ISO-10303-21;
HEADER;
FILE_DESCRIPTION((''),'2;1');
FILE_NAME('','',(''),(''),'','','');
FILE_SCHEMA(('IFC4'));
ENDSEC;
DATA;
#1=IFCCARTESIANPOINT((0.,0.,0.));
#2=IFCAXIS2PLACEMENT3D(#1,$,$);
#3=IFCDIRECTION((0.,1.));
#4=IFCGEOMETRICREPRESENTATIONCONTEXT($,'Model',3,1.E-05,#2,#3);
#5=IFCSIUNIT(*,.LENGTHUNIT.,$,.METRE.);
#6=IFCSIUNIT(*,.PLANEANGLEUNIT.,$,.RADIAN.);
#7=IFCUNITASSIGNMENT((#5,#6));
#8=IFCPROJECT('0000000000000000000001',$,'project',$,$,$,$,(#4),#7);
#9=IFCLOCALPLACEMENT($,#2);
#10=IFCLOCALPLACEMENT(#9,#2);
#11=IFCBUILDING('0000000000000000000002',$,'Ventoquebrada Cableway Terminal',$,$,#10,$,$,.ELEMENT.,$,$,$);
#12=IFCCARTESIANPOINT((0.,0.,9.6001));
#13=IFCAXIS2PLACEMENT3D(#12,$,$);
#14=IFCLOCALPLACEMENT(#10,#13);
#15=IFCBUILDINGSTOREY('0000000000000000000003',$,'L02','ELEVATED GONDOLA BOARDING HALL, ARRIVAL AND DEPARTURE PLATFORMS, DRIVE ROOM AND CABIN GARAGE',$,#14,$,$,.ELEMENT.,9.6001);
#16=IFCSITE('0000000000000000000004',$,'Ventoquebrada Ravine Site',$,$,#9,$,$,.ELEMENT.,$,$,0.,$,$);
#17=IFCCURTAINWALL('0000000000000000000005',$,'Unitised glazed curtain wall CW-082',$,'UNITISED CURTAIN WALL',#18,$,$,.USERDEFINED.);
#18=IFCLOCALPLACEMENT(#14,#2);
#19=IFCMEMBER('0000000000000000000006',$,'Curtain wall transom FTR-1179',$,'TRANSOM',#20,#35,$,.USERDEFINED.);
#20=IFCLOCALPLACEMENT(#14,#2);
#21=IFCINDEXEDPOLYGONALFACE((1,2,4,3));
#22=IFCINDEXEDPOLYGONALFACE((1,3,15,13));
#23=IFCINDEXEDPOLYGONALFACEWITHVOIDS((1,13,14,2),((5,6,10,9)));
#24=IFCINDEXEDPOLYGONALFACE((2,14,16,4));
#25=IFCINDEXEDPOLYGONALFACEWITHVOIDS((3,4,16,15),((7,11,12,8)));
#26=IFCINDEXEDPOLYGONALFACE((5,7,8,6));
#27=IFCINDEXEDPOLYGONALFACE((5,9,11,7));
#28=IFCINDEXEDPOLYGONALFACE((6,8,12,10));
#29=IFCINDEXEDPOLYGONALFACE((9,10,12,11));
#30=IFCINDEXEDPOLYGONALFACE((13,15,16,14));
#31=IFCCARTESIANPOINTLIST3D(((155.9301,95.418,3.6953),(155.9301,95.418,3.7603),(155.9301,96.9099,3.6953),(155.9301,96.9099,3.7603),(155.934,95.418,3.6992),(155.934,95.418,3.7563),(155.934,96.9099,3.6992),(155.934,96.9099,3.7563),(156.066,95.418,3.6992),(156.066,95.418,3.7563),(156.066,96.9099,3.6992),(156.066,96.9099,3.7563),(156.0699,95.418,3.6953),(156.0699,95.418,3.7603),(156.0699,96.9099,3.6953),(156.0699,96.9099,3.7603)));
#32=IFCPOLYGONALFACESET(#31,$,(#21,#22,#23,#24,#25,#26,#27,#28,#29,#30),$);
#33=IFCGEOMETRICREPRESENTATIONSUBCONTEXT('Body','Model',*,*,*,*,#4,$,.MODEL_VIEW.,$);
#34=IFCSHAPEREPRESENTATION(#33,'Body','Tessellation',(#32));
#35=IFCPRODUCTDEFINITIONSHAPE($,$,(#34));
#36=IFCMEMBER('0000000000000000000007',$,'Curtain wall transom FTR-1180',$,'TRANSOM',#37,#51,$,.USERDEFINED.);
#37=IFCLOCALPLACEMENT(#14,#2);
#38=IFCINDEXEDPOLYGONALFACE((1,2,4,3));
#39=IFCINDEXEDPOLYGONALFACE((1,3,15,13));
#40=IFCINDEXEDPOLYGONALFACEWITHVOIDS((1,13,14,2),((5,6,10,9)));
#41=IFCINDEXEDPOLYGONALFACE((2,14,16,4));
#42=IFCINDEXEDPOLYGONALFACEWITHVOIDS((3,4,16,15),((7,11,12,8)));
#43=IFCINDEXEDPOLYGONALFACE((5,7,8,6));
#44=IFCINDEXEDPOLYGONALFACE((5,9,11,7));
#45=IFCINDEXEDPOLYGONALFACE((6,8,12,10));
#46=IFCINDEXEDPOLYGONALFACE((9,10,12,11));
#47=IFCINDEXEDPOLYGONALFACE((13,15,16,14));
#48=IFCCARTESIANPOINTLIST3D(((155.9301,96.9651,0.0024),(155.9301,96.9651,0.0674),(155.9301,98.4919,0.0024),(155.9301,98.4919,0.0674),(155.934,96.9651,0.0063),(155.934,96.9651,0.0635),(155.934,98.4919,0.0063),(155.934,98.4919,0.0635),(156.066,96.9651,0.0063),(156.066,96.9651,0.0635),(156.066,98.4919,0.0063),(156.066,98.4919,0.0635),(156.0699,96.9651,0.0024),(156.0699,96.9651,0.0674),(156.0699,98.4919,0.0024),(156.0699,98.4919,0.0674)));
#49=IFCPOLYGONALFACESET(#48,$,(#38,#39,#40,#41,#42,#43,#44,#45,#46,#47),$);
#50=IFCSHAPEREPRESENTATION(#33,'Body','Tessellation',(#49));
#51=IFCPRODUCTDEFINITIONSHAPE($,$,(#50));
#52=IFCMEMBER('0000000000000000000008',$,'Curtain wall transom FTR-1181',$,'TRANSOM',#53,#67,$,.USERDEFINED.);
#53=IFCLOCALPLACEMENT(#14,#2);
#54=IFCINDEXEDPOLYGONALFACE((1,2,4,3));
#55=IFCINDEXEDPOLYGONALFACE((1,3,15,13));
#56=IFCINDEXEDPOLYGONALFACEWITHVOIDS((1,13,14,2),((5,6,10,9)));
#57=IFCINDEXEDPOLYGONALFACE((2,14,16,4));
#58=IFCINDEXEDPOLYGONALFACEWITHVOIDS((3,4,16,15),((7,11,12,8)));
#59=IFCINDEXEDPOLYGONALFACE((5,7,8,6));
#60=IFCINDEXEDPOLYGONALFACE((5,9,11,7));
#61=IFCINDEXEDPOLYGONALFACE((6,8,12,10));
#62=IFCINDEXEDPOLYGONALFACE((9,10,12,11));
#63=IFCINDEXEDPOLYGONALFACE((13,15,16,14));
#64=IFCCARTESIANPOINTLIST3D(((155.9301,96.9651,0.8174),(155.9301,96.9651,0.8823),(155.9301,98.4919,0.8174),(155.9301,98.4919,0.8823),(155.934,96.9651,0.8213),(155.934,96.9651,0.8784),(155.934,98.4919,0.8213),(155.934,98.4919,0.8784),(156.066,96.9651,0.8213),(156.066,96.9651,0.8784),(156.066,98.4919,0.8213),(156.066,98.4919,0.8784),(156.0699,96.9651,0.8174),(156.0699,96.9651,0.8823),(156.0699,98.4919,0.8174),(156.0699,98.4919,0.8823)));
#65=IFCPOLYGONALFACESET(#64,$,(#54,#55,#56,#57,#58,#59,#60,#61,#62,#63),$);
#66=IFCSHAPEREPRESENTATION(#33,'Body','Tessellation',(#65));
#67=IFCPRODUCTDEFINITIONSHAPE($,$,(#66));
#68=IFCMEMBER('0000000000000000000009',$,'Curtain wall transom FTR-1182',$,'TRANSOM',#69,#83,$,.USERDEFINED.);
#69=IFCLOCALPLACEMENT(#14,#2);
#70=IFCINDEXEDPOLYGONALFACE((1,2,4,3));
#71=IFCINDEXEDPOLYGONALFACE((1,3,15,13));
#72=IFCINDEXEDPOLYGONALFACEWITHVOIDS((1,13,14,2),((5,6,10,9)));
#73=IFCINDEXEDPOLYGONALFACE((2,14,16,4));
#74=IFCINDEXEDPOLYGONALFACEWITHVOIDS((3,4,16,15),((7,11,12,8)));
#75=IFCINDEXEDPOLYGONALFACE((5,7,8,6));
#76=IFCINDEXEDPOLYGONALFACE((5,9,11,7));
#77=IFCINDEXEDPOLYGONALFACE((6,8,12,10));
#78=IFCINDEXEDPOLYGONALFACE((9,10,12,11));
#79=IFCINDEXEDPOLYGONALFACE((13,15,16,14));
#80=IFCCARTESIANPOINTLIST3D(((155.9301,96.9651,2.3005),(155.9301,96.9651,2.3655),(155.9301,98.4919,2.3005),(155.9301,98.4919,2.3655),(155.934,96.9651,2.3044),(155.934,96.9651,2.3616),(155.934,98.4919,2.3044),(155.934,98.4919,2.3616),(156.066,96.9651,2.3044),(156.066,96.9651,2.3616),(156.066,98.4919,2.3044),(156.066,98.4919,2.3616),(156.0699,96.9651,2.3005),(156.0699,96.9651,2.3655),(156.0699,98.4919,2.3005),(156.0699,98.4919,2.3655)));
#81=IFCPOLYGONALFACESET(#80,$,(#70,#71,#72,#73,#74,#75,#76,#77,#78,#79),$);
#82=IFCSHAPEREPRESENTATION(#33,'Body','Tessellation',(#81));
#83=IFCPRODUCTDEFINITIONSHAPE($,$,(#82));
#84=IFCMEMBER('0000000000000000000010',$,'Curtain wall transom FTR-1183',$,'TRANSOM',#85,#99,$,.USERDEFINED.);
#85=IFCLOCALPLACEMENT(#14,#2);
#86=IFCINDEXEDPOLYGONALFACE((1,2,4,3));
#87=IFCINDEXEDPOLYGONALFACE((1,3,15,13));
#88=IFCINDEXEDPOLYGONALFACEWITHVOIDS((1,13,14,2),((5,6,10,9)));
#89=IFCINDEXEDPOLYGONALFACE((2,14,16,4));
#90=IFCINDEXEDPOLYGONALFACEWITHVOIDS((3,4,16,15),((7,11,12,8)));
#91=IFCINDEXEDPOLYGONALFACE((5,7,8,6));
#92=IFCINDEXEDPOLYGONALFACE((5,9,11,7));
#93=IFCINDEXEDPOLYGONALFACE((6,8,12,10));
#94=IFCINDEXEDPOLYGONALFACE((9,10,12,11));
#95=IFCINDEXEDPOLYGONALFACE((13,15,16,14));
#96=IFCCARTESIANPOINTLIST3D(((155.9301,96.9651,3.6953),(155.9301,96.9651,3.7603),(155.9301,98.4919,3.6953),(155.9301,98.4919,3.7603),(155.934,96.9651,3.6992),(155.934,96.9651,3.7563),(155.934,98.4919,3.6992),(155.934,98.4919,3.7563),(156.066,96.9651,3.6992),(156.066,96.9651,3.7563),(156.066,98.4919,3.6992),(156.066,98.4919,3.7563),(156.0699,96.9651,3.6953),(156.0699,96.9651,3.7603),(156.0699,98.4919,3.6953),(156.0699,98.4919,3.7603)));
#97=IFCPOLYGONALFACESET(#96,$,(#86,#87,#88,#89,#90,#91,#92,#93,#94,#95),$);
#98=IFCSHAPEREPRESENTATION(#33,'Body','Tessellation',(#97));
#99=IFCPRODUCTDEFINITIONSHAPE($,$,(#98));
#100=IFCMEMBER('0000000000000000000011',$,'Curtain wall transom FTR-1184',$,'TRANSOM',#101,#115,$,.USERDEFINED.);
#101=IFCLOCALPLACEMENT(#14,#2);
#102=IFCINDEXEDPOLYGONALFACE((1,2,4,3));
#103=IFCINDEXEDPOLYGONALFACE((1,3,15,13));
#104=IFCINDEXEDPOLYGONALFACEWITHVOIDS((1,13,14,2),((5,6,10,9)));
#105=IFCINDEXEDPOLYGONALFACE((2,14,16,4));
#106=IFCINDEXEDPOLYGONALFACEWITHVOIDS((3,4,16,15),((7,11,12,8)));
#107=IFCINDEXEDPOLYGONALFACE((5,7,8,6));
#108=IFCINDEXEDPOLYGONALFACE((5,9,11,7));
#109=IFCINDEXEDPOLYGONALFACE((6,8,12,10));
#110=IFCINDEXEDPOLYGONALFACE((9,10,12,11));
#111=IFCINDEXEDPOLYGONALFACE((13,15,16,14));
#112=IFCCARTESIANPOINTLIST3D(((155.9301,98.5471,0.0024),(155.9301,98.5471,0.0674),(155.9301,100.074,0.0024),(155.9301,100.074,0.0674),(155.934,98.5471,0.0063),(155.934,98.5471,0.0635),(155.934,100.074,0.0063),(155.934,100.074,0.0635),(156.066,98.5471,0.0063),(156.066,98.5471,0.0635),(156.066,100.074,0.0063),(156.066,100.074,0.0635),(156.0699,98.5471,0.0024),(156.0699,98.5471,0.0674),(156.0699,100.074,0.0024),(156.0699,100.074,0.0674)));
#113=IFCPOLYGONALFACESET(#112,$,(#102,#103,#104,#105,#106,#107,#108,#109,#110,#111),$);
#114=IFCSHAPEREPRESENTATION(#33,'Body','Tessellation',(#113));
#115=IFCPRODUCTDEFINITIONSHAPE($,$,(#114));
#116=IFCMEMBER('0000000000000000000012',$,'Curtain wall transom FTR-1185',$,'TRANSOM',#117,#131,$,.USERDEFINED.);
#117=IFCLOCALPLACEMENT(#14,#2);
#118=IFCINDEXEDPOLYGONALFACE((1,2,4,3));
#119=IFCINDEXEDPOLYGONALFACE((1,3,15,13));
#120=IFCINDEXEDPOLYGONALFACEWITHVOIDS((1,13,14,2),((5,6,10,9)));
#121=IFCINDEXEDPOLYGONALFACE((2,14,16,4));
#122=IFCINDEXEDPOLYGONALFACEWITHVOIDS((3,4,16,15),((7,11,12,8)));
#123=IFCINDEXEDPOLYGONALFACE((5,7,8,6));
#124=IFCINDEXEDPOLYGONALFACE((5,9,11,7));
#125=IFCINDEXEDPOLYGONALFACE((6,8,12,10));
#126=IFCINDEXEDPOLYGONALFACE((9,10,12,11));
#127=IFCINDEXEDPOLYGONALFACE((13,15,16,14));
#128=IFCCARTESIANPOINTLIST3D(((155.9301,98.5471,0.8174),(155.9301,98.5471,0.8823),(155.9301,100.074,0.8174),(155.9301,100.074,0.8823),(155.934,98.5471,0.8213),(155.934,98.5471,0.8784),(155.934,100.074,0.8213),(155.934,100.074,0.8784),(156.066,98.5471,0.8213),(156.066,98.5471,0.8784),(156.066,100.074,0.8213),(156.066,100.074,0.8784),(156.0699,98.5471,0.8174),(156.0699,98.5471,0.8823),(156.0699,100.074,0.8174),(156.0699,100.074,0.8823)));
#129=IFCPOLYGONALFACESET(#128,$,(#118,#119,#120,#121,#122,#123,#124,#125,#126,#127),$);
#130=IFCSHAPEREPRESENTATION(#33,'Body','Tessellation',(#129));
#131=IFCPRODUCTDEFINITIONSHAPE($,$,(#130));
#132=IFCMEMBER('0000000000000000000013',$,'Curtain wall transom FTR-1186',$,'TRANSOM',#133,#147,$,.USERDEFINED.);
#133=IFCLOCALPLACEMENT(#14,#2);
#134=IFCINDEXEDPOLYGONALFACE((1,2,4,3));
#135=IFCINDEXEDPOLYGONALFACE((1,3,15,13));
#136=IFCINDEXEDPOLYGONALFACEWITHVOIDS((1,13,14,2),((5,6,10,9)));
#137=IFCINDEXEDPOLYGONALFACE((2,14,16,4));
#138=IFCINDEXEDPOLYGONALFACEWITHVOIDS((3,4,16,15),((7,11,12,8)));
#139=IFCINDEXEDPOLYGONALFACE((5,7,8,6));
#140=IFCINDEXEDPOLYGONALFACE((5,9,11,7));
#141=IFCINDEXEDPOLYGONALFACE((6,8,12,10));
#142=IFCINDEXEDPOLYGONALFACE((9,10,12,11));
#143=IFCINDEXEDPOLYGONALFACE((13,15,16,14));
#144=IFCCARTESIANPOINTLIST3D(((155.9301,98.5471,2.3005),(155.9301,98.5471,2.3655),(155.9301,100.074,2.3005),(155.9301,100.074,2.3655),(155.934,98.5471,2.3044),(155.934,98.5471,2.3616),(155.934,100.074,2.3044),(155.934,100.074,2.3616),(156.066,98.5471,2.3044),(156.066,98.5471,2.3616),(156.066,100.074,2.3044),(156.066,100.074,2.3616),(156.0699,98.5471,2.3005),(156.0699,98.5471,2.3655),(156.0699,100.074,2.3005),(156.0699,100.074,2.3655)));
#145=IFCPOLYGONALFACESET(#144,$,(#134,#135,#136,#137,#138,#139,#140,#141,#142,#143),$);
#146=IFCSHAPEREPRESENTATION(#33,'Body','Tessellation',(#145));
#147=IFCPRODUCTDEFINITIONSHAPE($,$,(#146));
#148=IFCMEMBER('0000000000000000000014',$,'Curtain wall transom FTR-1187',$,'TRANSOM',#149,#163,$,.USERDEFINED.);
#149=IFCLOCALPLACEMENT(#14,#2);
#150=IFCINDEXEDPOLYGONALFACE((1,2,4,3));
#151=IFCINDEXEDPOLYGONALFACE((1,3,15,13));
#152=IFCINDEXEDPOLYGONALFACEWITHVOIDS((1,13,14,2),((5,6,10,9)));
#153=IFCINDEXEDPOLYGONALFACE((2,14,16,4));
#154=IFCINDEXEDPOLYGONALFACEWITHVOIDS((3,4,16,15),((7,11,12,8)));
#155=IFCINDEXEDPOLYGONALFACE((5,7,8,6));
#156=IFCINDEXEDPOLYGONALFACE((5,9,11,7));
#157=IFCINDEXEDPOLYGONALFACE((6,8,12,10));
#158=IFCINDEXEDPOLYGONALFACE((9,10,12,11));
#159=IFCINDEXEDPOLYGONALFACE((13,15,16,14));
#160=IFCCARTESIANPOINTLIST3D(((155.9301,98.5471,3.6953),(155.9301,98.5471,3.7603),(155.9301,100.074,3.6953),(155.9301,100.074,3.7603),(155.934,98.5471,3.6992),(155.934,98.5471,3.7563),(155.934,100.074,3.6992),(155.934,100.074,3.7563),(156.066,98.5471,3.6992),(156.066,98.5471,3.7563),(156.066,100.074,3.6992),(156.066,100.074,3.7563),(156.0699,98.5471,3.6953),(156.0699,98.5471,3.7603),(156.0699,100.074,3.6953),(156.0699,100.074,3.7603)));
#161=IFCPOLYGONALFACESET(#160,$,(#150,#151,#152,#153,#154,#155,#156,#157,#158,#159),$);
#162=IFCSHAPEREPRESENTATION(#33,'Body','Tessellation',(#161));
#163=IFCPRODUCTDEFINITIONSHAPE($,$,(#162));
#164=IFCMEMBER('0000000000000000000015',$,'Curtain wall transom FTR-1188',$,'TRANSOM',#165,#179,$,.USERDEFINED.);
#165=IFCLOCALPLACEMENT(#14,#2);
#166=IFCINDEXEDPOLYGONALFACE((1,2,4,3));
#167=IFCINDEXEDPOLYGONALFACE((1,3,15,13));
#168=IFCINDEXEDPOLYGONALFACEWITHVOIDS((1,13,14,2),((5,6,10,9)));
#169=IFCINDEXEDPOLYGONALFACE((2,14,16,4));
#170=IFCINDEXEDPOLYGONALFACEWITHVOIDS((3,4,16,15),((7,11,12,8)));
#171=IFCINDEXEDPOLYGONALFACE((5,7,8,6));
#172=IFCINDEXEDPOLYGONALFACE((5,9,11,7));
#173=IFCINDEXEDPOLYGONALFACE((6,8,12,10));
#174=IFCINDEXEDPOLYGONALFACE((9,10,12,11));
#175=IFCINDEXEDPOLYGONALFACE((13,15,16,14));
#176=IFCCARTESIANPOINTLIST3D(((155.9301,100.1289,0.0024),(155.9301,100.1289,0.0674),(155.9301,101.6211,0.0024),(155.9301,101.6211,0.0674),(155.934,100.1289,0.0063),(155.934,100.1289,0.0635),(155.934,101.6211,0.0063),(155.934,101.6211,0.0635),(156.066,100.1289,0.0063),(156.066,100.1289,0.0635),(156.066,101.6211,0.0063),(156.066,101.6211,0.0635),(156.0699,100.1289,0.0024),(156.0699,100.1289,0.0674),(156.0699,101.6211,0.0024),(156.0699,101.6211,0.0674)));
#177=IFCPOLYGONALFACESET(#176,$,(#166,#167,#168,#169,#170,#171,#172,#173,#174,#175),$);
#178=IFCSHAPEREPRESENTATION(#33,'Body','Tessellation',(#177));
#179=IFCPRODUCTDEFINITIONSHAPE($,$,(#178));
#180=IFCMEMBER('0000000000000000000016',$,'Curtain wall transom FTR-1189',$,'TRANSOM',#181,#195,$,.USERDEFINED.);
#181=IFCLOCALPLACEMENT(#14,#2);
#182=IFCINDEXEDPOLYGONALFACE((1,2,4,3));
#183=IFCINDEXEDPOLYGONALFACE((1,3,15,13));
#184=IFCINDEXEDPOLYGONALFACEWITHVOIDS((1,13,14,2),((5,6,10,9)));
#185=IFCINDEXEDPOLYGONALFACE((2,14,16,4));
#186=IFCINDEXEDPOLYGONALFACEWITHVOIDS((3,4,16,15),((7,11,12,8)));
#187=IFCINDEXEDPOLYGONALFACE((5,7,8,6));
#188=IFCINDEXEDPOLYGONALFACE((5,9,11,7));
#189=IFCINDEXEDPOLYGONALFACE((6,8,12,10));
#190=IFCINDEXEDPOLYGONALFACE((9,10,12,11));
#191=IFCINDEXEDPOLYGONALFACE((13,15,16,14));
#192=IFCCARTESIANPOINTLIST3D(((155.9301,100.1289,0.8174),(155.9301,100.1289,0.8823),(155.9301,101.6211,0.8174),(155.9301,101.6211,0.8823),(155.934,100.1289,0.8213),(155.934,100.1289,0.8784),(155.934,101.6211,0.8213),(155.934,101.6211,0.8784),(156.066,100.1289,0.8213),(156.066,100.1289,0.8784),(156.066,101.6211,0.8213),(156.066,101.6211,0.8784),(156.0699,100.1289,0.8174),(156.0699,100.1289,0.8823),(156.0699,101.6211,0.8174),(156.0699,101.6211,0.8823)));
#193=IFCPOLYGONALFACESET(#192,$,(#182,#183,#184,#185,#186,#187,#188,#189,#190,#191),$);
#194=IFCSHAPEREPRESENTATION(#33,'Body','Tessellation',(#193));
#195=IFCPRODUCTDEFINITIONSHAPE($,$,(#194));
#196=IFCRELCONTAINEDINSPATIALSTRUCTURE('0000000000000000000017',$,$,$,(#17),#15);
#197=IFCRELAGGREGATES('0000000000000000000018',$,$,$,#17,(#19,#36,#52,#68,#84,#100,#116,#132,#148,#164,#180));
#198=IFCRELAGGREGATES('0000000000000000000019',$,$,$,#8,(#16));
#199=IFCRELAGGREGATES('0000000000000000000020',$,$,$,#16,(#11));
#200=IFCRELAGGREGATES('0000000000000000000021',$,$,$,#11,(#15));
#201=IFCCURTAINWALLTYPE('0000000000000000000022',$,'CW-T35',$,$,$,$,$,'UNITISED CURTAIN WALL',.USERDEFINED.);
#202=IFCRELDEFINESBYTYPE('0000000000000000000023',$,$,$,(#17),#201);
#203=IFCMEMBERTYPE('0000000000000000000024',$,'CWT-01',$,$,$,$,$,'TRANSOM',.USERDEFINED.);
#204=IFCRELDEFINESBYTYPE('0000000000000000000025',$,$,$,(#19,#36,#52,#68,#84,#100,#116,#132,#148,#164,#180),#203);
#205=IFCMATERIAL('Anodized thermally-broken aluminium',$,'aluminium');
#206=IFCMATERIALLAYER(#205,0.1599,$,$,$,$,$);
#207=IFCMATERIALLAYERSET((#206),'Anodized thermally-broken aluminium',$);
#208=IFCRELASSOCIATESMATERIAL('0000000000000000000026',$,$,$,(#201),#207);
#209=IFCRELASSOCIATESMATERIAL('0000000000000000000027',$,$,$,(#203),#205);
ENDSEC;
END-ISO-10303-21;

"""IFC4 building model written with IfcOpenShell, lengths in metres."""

from ifc_helpers import new_model, si_unit, direction, frame, origin, origin_2d, place, context, subcontext, project, spatial, hollow_rectangle, extrude, material, layer, layer_set, material_profile, profile_set, type_object, element, aggregate, save


model = new_model("IFC4")

# Units and contexts
model_context = context("Model", 3, precision=1e-05, world=origin(), true_north=direction((0.0, 1.0)))
body_context = subcontext(model_context, "Body", "Model", "MODEL_VIEW")
ifc_project = project(units=[si_unit("LENGTHUNIT", "METRE"), si_unit("PLANEANGLEUNIT", "RADIAN")], contexts=[model_context])

# Site, building, storey
site_placement = place(None, origin())
site = spatial("IfcSite", under=ifc_project, at=site_placement, Name="Ventoquebrada Ravine Site", CompositionType="ELEMENT", RefElevation=0.0)
building_placement = place(site_placement, origin())
building = spatial("IfcBuilding", under=site, at=building_placement, Name="Ventoquebrada Cableway Terminal", CompositionType="ELEMENT")
storey_placement = place(building_placement, frame((0.0, 0.0, 9.6001)))
storey = spatial("IfcBuildingStorey", under=building, at=storey_placement, Name="L02", Description="ELEVATED GONDOLA BOARDING HALL, ARRIVAL AND DEPARTURE PLATFORMS, DRIVE ROOM AND CABIN GARAGE", CompositionType="ELEMENT", Elevation=9.6001)

# Curtain wall, members
ifc_material_1 = material(Name="Anodized thermally-broken aluminium", Category="aluminium")
ifc_layer_1 = layer(ifc_material_1, 0.1599)
ifc_layer_set_1 = layer_set([ifc_layer_1], Name="Anodized thermally-broken aluminium")
curtain_wall_type = type_object("IfcCurtainWallType", Name="CW-T35", ElementType="UNITISED CURTAIN WALL", PredefinedType="USERDEFINED", material=ifc_layer_set_1)
curtain_wall_placement = place(storey_placement, origin())
curtain_wall = element("IfcCurtainWall", 1, at=curtain_wall_placement, inside=storey, type_object=curtain_wall_type, Name="Unitised glazed curtain wall CW-082", ObjectType="UNITISED CURTAIN WALL", PredefinedType="USERDEFINED")
ifc_material_profile_1 = material_profile(ifc_material_1, hollow_rectangle(XDim=0.0649, YDim=0.1399, WallThickness=0.0039, at=origin_2d()), Name="CW-TRN-65X140")
ifc_profile_set_1 = profile_set([ifc_material_profile_1], Name="Anodized thermally-broken aluminium")
member_type_1 = type_object("IfcMemberType", Name="CWT-01", ElementType="TRANSOM", PredefinedType="USERDEFINED", material=ifc_profile_set_1)
member_1_placement = place(storey_placement, frame((156.0, 95.418, 3.7278), z_axis=(0.0, 1.0, 0.0), x_axis=(0.0, 0.0, 1.0)))
member_1 = element("IfcMember", 2, at=member_1_placement, type_object=member_type_1, Name="Curtain wall transom FTR-1179", ObjectType="TRANSOM", PredefinedType="USERDEFINED", context=body_context, shape_type="SweptSolid", body=[
    extrude(hollow_rectangle(XDim=0.0649, YDim=0.1399, WallThickness=0.0039, at=origin_2d()), origin(), (0.0, 0.0, 1.0), 1.4919),
])
member_2_placement = place(storey_placement, frame((156.0, 96.9651, 0.0349), z_axis=(0.0, 1.0, 0.0), x_axis=(0.0, 0.0, 1.0)))
member_2 = element("IfcMember", 3, at=member_2_placement, type_object=member_type_1, Name="Curtain wall transom FTR-1180", ObjectType="TRANSOM", PredefinedType="USERDEFINED", context=body_context, shape_type="SweptSolid", body=[
    extrude(hollow_rectangle(XDim=0.0649, YDim=0.1399, WallThickness=0.0039, at=origin_2d()), origin(), (0.0, 0.0, 1.0), 1.5269),
])
member_3_placement = place(storey_placement, frame((156.0, 96.9651, 0.8499), z_axis=(0.0, 1.0, 0.0), x_axis=(0.0, 0.0, 1.0)))
member_3 = element("IfcMember", 4, at=member_3_placement, type_object=member_type_1, Name="Curtain wall transom FTR-1181", ObjectType="TRANSOM", PredefinedType="USERDEFINED", context=body_context, shape_type="SweptSolid", body=[
    extrude(hollow_rectangle(XDim=0.0649, YDim=0.1399, WallThickness=0.0039, at=origin_2d()), origin(), (0.0, 0.0, 1.0), 1.5269),
])
member_4_placement = place(storey_placement, frame((156.0, 96.9651, 2.333), z_axis=(0.0, 1.0, 0.0), x_axis=(0.0, 0.0, 1.0)))
member_4 = element("IfcMember", 5, at=member_4_placement, type_object=member_type_1, Name="Curtain wall transom FTR-1182", ObjectType="TRANSOM", PredefinedType="USERDEFINED", context=body_context, shape_type="SweptSolid", body=[
    extrude(hollow_rectangle(XDim=0.0649, YDim=0.1399, WallThickness=0.0039, at=origin_2d()), origin(), (0.0, 0.0, 1.0), 1.5269),
])
member_5_placement = place(storey_placement, frame((156.0, 96.9651, 3.7278), z_axis=(0.0, 1.0, 0.0), x_axis=(0.0, 0.0, 1.0)))
member_5 = element("IfcMember", 6, at=member_5_placement, type_object=member_type_1, Name="Curtain wall transom FTR-1183", ObjectType="TRANSOM", PredefinedType="USERDEFINED", context=body_context, shape_type="SweptSolid", body=[
    extrude(hollow_rectangle(XDim=0.0649, YDim=0.1399, WallThickness=0.0039, at=origin_2d()), origin(), (0.0, 0.0, 1.0), 1.5269),
])
member_6_placement = place(storey_placement, frame((156.0, 98.5471, 0.0349), z_axis=(0.0, 1.0, 0.0), x_axis=(0.0, 0.0, 1.0)))
member_6 = element("IfcMember", 7, at=member_6_placement, type_object=member_type_1, Name="Curtain wall transom FTR-1184", ObjectType="TRANSOM", PredefinedType="USERDEFINED", context=body_context, shape_type="SweptSolid", body=[
    extrude(hollow_rectangle(XDim=0.0649, YDim=0.1399, WallThickness=0.0039, at=origin_2d()), origin(), (0.0, 0.0, 1.0), 1.5269),
])
member_7_placement = place(storey_placement, frame((156.0, 98.5471, 0.8499), z_axis=(0.0, 1.0, 0.0), x_axis=(0.0, 0.0, 1.0)))
member_7 = element("IfcMember", 8, at=member_7_placement, type_object=member_type_1, Name="Curtain wall transom FTR-1185", ObjectType="TRANSOM", PredefinedType="USERDEFINED", context=body_context, shape_type="SweptSolid", body=[
    extrude(hollow_rectangle(XDim=0.0649, YDim=0.1399, WallThickness=0.0039, at=origin_2d()), origin(), (0.0, 0.0, 1.0), 1.5269),
])
member_8_placement = place(storey_placement, frame((156.0, 98.5471, 2.333), z_axis=(0.0, 1.0, 0.0), x_axis=(0.0, 0.0, 1.0)))
member_8 = element("IfcMember", 9, at=member_8_placement, type_object=member_type_1, Name="Curtain wall transom FTR-1186", ObjectType="TRANSOM", PredefinedType="USERDEFINED", context=body_context, shape_type="SweptSolid", body=[
    extrude(hollow_rectangle(XDim=0.0649, YDim=0.1399, WallThickness=0.0039, at=origin_2d()), origin(), (0.0, 0.0, 1.0), 1.5269),
])
member_9_placement = place(storey_placement, frame((156.0, 98.5471, 3.7278), z_axis=(0.0, 1.0, 0.0), x_axis=(0.0, 0.0, 1.0)))
member_9 = element("IfcMember", 10, at=member_9_placement, type_object=member_type_1, Name="Curtain wall transom FTR-1187", ObjectType="TRANSOM", PredefinedType="USERDEFINED", context=body_context, shape_type="SweptSolid", body=[
    extrude(hollow_rectangle(XDim=0.0649, YDim=0.1399, WallThickness=0.0039, at=origin_2d()), origin(), (0.0, 0.0, 1.0), 1.5269),
])
member_10_placement = place(storey_placement, frame((156.0, 100.1289, 0.0349), z_axis=(0.0, 1.0, 0.0), x_axis=(0.0, 0.0, 1.0)))
member_10 = element("IfcMember", 11, at=member_10_placement, type_object=member_type_1, Name="Curtain wall transom FTR-1188", ObjectType="TRANSOM", PredefinedType="USERDEFINED", context=body_context, shape_type="SweptSolid", body=[
    extrude(hollow_rectangle(XDim=0.0649, YDim=0.1399, WallThickness=0.0039, at=origin_2d()), origin(), (0.0, 0.0, 1.0), 1.4922),
])
member_11_placement = place(storey_placement, frame((156.0, 100.1289, 0.8499), z_axis=(0.0, 1.0, 0.0), x_axis=(0.0, 0.0, 1.0)))
member_11 = element("IfcMember", 12, at=member_11_placement, type_object=member_type_1, Name="Curtain wall transom FTR-1189", ObjectType="TRANSOM", PredefinedType="USERDEFINED", context=body_context, shape_type="SweptSolid", body=[
    extrude(hollow_rectangle(XDim=0.0649, YDim=0.1399, WallThickness=0.0039, at=origin_2d()), origin(), (0.0, 0.0, 1.0), 1.4922),
])
aggregate(curtain_wall, [member_1, member_2, member_3, member_4, member_5, member_6, member_7, member_8, member_9, member_10, member_11])

save(model, "model.ifc")
